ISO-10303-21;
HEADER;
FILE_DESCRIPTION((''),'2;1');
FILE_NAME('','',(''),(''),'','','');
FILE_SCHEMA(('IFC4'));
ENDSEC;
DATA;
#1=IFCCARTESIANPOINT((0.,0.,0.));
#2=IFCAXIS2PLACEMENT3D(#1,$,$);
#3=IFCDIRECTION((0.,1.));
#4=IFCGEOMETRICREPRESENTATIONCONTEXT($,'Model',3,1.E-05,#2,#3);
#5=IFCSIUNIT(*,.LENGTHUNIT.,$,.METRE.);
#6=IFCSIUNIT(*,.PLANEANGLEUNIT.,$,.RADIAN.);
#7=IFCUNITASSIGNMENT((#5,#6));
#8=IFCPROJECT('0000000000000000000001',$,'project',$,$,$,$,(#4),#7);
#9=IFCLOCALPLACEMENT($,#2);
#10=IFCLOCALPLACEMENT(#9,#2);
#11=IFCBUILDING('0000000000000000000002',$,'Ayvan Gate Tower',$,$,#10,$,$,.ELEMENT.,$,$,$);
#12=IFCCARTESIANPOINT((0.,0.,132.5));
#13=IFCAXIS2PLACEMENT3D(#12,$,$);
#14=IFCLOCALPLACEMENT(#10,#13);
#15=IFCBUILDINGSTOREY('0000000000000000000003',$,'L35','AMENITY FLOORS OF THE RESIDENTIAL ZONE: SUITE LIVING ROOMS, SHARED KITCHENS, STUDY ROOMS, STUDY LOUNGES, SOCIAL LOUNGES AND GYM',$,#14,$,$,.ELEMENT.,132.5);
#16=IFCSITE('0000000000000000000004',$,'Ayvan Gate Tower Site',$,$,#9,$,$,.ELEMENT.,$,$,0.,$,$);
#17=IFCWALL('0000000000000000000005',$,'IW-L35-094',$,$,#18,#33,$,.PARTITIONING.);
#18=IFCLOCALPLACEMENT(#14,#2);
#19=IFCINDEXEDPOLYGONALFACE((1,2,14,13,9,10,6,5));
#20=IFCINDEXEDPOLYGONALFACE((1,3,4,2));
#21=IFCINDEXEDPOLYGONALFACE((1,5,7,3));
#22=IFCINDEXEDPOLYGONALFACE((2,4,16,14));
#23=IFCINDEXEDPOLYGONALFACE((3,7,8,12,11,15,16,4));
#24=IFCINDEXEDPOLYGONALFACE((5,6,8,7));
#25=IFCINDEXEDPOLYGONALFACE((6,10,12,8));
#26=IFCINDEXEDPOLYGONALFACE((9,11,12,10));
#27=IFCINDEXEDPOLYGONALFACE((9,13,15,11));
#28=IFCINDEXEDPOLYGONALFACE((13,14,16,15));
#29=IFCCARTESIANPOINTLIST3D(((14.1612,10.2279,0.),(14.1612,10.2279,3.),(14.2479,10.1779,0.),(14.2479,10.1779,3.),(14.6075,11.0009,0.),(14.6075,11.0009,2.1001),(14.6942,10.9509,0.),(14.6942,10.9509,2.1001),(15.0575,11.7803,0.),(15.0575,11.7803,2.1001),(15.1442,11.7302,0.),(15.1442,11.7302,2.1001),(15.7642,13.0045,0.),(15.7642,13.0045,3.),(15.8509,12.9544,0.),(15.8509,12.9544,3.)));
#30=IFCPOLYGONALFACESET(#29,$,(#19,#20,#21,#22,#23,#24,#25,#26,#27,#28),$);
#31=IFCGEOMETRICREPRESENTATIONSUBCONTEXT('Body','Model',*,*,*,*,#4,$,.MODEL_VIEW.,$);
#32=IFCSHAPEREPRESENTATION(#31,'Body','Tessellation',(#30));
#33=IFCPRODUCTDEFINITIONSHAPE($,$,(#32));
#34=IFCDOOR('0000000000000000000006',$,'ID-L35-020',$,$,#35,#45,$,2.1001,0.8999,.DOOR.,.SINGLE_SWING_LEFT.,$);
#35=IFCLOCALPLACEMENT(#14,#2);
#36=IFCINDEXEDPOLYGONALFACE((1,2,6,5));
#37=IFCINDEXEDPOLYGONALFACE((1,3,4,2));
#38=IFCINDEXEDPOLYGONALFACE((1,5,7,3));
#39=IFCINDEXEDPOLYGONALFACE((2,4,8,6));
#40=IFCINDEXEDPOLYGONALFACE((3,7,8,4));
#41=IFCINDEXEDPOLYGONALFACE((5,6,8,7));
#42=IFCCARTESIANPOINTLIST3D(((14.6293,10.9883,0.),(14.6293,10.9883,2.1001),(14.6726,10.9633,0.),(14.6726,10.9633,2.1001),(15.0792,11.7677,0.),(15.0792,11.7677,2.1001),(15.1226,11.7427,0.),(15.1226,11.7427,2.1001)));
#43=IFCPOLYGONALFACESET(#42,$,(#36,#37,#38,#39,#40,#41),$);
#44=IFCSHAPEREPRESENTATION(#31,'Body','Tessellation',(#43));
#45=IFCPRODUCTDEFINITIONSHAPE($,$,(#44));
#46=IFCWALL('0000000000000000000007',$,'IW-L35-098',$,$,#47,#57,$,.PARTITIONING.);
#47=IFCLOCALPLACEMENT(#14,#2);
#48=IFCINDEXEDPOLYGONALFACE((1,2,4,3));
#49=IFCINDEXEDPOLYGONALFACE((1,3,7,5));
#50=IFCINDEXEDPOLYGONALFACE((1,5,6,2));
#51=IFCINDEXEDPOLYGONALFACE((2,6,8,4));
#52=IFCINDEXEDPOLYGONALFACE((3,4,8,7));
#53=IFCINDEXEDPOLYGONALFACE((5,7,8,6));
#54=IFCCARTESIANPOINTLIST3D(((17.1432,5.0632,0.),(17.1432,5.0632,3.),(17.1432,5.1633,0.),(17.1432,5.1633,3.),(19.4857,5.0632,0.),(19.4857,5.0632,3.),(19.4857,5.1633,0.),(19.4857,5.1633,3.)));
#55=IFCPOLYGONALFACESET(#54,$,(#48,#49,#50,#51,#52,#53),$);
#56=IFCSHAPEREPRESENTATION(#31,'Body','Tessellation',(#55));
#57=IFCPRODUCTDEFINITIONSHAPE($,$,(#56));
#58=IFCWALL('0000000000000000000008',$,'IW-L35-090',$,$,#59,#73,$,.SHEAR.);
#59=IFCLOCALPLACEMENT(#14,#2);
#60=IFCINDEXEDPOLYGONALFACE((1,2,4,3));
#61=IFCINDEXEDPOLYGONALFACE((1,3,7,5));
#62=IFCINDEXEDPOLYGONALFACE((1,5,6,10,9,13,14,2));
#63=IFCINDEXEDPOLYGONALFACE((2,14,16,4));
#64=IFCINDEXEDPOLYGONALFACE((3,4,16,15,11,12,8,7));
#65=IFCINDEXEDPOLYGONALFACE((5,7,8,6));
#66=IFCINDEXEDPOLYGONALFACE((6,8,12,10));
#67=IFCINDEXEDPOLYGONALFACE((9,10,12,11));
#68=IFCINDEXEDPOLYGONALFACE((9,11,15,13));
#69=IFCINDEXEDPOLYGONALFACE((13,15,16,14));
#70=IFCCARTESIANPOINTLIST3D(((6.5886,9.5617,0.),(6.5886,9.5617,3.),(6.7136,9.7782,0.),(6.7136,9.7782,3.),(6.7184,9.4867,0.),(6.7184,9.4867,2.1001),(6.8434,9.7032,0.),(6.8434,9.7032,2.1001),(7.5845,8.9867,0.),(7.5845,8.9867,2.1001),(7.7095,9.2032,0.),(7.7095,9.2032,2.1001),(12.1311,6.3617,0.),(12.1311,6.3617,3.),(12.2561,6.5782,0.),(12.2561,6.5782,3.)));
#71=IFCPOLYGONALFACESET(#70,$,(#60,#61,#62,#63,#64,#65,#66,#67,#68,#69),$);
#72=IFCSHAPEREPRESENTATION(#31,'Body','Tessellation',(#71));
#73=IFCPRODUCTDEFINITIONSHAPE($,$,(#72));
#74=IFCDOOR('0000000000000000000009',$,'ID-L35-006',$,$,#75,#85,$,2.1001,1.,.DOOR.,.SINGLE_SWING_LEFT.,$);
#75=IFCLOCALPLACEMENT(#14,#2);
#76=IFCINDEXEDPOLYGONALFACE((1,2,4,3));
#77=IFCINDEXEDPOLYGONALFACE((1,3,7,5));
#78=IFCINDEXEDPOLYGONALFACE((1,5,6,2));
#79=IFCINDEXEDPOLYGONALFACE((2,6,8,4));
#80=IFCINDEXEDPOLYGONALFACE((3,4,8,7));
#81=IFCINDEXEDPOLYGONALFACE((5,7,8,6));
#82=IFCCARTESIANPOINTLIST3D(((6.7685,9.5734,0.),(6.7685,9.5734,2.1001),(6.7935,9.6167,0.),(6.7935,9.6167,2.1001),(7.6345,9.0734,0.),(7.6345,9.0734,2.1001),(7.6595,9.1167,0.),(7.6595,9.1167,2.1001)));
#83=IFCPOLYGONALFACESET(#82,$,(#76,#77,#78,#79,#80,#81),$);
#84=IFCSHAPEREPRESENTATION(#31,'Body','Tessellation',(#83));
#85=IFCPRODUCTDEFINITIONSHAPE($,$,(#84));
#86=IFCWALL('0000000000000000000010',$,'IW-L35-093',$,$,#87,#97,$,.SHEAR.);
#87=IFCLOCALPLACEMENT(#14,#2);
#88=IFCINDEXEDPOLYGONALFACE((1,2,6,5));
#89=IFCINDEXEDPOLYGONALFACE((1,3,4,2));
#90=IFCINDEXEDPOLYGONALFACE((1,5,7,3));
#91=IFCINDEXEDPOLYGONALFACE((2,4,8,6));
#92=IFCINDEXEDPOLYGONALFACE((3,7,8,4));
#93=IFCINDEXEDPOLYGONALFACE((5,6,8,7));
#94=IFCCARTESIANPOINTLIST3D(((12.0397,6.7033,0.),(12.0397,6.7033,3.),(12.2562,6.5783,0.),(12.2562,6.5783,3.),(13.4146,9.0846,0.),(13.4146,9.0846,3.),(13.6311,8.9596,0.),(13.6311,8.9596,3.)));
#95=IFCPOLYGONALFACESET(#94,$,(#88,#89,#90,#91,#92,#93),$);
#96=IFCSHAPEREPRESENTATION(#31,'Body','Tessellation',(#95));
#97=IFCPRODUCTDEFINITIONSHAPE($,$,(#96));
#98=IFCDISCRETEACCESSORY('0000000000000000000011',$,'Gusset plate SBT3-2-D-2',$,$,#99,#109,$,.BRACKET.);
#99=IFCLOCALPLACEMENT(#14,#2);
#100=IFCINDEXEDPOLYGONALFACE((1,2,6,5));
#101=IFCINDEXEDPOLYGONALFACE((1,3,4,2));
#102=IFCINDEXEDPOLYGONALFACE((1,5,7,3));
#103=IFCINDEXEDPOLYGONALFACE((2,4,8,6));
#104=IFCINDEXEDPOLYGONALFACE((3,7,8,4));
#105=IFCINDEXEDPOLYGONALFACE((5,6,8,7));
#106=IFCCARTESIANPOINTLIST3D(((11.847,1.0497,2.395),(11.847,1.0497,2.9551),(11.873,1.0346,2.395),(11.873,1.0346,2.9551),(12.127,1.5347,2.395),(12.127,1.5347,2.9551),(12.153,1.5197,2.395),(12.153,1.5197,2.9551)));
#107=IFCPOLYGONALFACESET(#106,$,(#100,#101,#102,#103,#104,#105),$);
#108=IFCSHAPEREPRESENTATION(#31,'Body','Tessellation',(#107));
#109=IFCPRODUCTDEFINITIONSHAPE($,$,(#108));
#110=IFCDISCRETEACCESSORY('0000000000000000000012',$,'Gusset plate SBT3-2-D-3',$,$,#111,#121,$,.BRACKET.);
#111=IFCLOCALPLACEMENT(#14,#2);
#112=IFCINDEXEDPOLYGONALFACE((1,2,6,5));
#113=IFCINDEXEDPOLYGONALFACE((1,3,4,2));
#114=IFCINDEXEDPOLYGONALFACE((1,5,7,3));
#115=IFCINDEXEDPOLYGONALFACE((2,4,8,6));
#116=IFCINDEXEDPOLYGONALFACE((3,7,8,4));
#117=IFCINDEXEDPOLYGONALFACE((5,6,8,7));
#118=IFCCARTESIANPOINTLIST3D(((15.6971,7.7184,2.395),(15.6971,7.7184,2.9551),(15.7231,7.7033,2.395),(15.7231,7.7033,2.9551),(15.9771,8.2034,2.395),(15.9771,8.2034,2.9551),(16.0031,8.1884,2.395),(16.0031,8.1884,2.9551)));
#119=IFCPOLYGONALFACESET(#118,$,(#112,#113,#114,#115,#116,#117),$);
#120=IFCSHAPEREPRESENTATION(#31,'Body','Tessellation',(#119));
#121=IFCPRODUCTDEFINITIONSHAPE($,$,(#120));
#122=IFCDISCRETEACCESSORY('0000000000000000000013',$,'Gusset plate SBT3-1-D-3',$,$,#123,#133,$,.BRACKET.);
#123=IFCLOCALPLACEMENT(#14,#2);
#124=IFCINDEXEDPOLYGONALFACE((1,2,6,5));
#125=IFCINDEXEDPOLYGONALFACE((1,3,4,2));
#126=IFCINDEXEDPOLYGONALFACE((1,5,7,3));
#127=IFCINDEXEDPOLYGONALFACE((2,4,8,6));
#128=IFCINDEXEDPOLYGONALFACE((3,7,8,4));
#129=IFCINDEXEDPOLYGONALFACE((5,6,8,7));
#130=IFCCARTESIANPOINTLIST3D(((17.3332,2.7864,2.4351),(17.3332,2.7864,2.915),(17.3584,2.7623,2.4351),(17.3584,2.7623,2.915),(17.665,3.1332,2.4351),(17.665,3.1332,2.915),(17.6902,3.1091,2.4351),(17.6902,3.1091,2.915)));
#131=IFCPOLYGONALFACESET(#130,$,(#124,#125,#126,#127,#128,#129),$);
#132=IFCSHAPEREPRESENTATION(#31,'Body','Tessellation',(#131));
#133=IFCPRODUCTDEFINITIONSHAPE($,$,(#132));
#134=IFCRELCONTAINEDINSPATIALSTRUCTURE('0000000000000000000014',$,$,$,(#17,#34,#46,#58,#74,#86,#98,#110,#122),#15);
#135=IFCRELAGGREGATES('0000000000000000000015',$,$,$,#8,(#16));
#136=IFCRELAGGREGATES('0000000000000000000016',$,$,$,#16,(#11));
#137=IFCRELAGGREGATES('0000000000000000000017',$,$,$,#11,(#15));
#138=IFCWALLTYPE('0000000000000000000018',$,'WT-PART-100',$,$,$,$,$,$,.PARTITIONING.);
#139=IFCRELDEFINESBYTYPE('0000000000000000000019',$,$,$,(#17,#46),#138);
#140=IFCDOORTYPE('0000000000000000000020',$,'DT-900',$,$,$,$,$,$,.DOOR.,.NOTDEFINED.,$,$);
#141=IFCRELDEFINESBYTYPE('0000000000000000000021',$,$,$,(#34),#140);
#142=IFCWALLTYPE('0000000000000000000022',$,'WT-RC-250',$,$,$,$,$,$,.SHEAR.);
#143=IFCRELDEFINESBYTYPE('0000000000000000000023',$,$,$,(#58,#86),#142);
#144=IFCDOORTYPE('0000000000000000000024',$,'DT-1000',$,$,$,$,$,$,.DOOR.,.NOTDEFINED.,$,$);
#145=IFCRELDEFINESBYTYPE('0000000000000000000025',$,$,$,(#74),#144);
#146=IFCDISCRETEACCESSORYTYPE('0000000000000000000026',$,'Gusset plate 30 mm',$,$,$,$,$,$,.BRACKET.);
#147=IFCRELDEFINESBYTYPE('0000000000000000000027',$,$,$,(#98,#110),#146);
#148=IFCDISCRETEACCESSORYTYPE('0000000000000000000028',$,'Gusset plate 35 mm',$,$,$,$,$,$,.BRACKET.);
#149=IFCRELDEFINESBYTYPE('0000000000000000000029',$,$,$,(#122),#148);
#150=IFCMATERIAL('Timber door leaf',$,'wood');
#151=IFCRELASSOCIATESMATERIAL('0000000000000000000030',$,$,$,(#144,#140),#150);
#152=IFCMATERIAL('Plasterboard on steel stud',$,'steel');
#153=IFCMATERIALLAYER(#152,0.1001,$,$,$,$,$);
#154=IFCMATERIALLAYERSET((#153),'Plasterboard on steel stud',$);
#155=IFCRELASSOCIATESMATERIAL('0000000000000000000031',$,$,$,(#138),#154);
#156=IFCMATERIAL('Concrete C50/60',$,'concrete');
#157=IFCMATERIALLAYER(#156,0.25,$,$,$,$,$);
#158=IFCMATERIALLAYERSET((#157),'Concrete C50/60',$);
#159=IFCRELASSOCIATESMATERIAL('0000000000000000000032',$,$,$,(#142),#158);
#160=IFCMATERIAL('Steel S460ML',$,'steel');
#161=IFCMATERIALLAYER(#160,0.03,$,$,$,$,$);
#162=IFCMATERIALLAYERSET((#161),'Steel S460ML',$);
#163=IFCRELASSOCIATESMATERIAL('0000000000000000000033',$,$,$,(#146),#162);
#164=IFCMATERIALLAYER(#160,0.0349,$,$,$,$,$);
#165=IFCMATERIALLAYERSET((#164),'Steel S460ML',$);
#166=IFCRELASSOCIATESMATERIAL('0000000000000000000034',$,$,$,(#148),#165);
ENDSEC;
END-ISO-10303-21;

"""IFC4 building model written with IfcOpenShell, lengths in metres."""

from ifc_helpers import new_model, si_unit, direction, frame, frame_2d, origin, origin_2d, place, context, subcontext, project, spatial, rectangle, extrude, material, layer, layer_set, type_object, element, fill, save


model = new_model("IFC4")

# Units and contexts
model_context = context("Model", 3, precision=1e-05, world=origin(), true_north=direction((0.0, 1.0)))
body_context = subcontext(model_context, "Body", "Model", "MODEL_VIEW")
ifc_project = project(units=[si_unit("LENGTHUNIT", "METRE"), si_unit("PLANEANGLEUNIT", "RADIAN")], contexts=[model_context])

# Site, building, storey
site_placement = place(None, origin())
site = spatial("IfcSite", under=ifc_project, at=site_placement, Name="Ayvan Gate Tower Site", CompositionType="ELEMENT", RefElevation=0.0)
building_placement = place(site_placement, origin())
building = spatial("IfcBuilding", under=site, at=building_placement, Name="Ayvan Gate Tower", CompositionType="ELEMENT")
storey_placement = place(building_placement, frame((0.0, 0.0, 132.5)))
storey = spatial("IfcBuildingStorey", under=building, at=storey_placement, Name="L35", Description="AMENITY FLOORS OF THE RESIDENTIAL ZONE: SUITE LIVING ROOMS, SHARED KITCHENS, STUDY ROOMS, STUDY LOUNGES, SOCIAL LOUNGES AND GYM", CompositionType="ELEMENT", Elevation=132.5)

# Shared definitions
ifc_material_1 = material(Name="Plasterboard on steel stud", Category="steel")

# Wall, opening, door
ifc_material_2 = material(Name="Timber door leaf", Category="wood")
door_type_1 = type_object("IfcDoorType", Name="DT-1000", OperationType="NOTDEFINED", PredefinedType="DOOR", material=ifc_material_2)
ifc_layer_1 = layer(ifc_material_1, 0.1001)
ifc_layer_set_1 = layer_set([ifc_layer_1], Name="Plasterboard on steel stud")
wall_type_1 = type_object("IfcWallType", Name="WT-PART-100", PredefinedType="PARTITIONING", material=ifc_layer_set_1)
wall_1_placement = place(storey_placement, frame((14.2046, 10.2029, 0.0), z_axis=(0.0, 0.0, 1.0), x_axis=(0.499988, 0.866032, 0.0)))
wall_1 = element("IfcWall", 1, at=wall_1_placement, inside=storey, type_object=wall_type_1, Name="IW-L35-094", PredefinedType="PARTITIONING", context=body_context, shape_type="SweptSolid", body=[
    extrude(rectangle(XDim=3.2061, YDim=0.1001, at=frame_2d((1.603, 0.0))), origin(), (0.0, 0.0, 1.0), 3.0),
])
opening_1_placement = place(wall_1_placement, frame((0.8926, 0.0, 0.0)))
opening_1 = element("IfcOpeningElement", 2, at=opening_1_placement, cuts=wall_1, PredefinedType="OPENING", context=body_context, shape_type="SweptSolid", body=[
    extrude(rectangle(XDim=0.8999, YDim=2.1001, at=frame_2d((0.45, 1.05))), frame((0.0, 0.0601, 0.0), z_axis=(0.0, -1.0, 0.0), x_axis=(1.0, 0.0, 0.0)), (0.0, 0.0, 1.0), 0.1201),
])
door_type_2 = type_object("IfcDoorType", Name="DT-900", OperationType="NOTDEFINED", PredefinedType="DOOR", material=ifc_material_2)
door_1_placement = place(opening_1_placement, origin())
door_1 = element("IfcDoor", 3, at=door_1_placement, inside=storey, type_object=door_type_2, Name="ID-L35-020", OperationType="SINGLE_SWING_LEFT", OverallHeight=2.1001, OverallWidth=0.8999, PredefinedType="DOOR", context=body_context, shape_type="SweptSolid", body=[
    extrude(rectangle(XDim=0.8999, YDim=2.1001, at=frame_2d((0.45, 1.05))), frame((0.0, 0.0249, 0.0), z_axis=(0.0, -1.0, 0.0), x_axis=(1.0, 0.0, 0.0)), (0.0, 0.0, 1.0), 0.05),
])
fill(opening_1, door_1)

# Wall
wall_2_placement = place(storey_placement, frame((17.1431, 5.1133, 0.0), z_axis=(0.0, 0.0, 1.0), x_axis=(1.0, 0.0, 0.0)))
element("IfcWall", 4, at=wall_2_placement, inside=storey, type_object=wall_type_1, Name="IW-L35-098", PredefinedType="PARTITIONING", context=body_context, shape_type="SweptSolid", body=[
    extrude(rectangle(XDim=2.3425, YDim=0.1001, at=frame_2d((1.1714, 0.0))), origin(), (0.0, 0.0, 1.0), 3.0),
])

# Wall, opening, door
ifc_material_3 = material(Name="Concrete C50/60", Category="concrete")
ifc_layer_2 = layer(ifc_material_3, 0.25)
ifc_layer_set_2 = layer_set([ifc_layer_2], Name="Concrete C50/60")
wall_type_2 = type_object("IfcWallType", Name="WT-RC-250", PredefinedType="SHEAR", material=ifc_layer_set_2)
wall_3_placement = place(storey_placement, frame((12.1936, 6.47, 0.0), z_axis=(0.0, 0.0, 1.0), x_axis=(-0.866025, 0.5, 0.0)))
wall_3 = element("IfcWall", 5, at=wall_3_placement, inside=storey, type_object=wall_type_2, Name="IW-L35-090", PredefinedType="SHEAR", context=body_context, shape_type="SweptSolid", body=[
    extrude(rectangle(XDim=6.3999, YDim=0.25, at=frame_2d((3.2, 0.0))), origin(), (0.0, 0.0, 1.0), 3.0),
])
opening_2_placement = place(wall_3_placement, frame((5.25, 0.0, 0.0)))
opening_2 = element("IfcOpeningElement", 6, at=opening_2_placement, cuts=wall_3, PredefinedType="OPENING", context=body_context, shape_type="SweptSolid", body=[
    extrude(rectangle(XDim=1.0, YDim=2.1001, at=frame_2d((0.5, 1.05))), frame((0.0, 0.135, 0.0), z_axis=(0.0, -1.0, 0.0), x_axis=(1.0, 0.0, 0.0)), (0.0, 0.0, 1.0), 0.27),
])
door_2_placement = place(opening_2_placement, origin())
door_2 = element("IfcDoor", 7, at=door_2_placement, inside=storey, type_object=door_type_1, Name="ID-L35-006", OperationType="SINGLE_SWING_LEFT", OverallHeight=2.1001, OverallWidth=1.0, PredefinedType="DOOR", context=body_context, shape_type="SweptSolid", body=[
    extrude(rectangle(XDim=1.0, YDim=2.1001, at=frame_2d((0.5, 1.05))), frame((0.0, 0.0249, 0.0), z_axis=(0.0, -1.0, 0.0), x_axis=(1.0, 0.0, 0.0)), (0.0, 0.0, 1.0), 0.05),
])
fill(opening_2, door_2)

# Wall
wall_4_placement = place(storey_placement, frame((13.5229, 9.0222, 0.0), z_axis=(0.0, 0.0, 1.0), x_axis=(-0.500035, -0.866005, 0.0)))
element("IfcWall", 8, at=wall_4_placement, inside=storey, type_object=wall_type_2, Name="IW-L35-093", PredefinedType="SHEAR", context=body_context, shape_type="SweptSolid", body=[
    extrude(rectangle(XDim=2.7498, YDim=0.25, at=frame_2d((1.375, 0.0))), origin(), (0.0, 0.0, 1.0), 3.0),
])

# Discrete accessories
ifc_material_4 = material(Name="Steel S460ML", Category="steel")
ifc_layer_3 = layer(ifc_material_4, 0.03)
ifc_layer_set_3 = layer_set([ifc_layer_3], Name="Steel S460ML")
discrete_accessory_type_1 = type_object("IfcDiscreteAccessoryType", Name="Gusset plate 30 mm", PredefinedType="BRACKET", material=ifc_layer_set_3)
for number, where, z_axis, x_axis, name in (
    (9, (12.0, 1.2847, 2.395), (0.0, 0.0, 1.0), (0.5, 0.866025, 0.0), "Gusset plate SBT3-2-D-2"),
    (10, (15.8501, 7.9534, 2.395), (0.0, 0.0, 1.0), (0.5, 0.866025, 0.0), "Gusset plate SBT3-2-D-3"),
):
    element("IfcDiscreteAccessory", number, at=place(storey_placement, frame(where, z_axis=z_axis, x_axis=x_axis)), inside=storey, type_object=discrete_accessory_type_1, Name=name, PredefinedType="BRACKET", context=body_context, shape_type="SweptSolid", body=[
        extrude(rectangle(XDim=0.5601, YDim=0.03, at=origin_2d()), origin(), (0.0, 0.0, 1.0), 0.5601),
    ])
ifc_layer_4 = layer(ifc_material_4, 0.0349)
ifc_layer_set_4 = layer_set([ifc_layer_4], Name="Steel S460ML")
discrete_accessory_type_2 = type_object("IfcDiscreteAccessoryType", Name="Gusset plate 35 mm", PredefinedType="BRACKET", material=ifc_layer_set_4)
discrete_accessory_placement = place(storey_placement, frame((17.5117, 2.9478, 2.4351), z_axis=(0.0, 0.0, 1.0), x_axis=(0.691214, 0.72265, 0.0)))
element("IfcDiscreteAccessory", 11, at=discrete_accessory_placement, inside=storey, type_object=discrete_accessory_type_2, Name="Gusset plate SBT3-1-D-3", PredefinedType="BRACKET", context=body_context, shape_type="SweptSolid", body=[
    extrude(rectangle(XDim=0.48, YDim=0.0349, at=origin_2d()), origin(), (0.0, 0.0, 1.0), 0.48),
])

save(model, "model.ifc")
